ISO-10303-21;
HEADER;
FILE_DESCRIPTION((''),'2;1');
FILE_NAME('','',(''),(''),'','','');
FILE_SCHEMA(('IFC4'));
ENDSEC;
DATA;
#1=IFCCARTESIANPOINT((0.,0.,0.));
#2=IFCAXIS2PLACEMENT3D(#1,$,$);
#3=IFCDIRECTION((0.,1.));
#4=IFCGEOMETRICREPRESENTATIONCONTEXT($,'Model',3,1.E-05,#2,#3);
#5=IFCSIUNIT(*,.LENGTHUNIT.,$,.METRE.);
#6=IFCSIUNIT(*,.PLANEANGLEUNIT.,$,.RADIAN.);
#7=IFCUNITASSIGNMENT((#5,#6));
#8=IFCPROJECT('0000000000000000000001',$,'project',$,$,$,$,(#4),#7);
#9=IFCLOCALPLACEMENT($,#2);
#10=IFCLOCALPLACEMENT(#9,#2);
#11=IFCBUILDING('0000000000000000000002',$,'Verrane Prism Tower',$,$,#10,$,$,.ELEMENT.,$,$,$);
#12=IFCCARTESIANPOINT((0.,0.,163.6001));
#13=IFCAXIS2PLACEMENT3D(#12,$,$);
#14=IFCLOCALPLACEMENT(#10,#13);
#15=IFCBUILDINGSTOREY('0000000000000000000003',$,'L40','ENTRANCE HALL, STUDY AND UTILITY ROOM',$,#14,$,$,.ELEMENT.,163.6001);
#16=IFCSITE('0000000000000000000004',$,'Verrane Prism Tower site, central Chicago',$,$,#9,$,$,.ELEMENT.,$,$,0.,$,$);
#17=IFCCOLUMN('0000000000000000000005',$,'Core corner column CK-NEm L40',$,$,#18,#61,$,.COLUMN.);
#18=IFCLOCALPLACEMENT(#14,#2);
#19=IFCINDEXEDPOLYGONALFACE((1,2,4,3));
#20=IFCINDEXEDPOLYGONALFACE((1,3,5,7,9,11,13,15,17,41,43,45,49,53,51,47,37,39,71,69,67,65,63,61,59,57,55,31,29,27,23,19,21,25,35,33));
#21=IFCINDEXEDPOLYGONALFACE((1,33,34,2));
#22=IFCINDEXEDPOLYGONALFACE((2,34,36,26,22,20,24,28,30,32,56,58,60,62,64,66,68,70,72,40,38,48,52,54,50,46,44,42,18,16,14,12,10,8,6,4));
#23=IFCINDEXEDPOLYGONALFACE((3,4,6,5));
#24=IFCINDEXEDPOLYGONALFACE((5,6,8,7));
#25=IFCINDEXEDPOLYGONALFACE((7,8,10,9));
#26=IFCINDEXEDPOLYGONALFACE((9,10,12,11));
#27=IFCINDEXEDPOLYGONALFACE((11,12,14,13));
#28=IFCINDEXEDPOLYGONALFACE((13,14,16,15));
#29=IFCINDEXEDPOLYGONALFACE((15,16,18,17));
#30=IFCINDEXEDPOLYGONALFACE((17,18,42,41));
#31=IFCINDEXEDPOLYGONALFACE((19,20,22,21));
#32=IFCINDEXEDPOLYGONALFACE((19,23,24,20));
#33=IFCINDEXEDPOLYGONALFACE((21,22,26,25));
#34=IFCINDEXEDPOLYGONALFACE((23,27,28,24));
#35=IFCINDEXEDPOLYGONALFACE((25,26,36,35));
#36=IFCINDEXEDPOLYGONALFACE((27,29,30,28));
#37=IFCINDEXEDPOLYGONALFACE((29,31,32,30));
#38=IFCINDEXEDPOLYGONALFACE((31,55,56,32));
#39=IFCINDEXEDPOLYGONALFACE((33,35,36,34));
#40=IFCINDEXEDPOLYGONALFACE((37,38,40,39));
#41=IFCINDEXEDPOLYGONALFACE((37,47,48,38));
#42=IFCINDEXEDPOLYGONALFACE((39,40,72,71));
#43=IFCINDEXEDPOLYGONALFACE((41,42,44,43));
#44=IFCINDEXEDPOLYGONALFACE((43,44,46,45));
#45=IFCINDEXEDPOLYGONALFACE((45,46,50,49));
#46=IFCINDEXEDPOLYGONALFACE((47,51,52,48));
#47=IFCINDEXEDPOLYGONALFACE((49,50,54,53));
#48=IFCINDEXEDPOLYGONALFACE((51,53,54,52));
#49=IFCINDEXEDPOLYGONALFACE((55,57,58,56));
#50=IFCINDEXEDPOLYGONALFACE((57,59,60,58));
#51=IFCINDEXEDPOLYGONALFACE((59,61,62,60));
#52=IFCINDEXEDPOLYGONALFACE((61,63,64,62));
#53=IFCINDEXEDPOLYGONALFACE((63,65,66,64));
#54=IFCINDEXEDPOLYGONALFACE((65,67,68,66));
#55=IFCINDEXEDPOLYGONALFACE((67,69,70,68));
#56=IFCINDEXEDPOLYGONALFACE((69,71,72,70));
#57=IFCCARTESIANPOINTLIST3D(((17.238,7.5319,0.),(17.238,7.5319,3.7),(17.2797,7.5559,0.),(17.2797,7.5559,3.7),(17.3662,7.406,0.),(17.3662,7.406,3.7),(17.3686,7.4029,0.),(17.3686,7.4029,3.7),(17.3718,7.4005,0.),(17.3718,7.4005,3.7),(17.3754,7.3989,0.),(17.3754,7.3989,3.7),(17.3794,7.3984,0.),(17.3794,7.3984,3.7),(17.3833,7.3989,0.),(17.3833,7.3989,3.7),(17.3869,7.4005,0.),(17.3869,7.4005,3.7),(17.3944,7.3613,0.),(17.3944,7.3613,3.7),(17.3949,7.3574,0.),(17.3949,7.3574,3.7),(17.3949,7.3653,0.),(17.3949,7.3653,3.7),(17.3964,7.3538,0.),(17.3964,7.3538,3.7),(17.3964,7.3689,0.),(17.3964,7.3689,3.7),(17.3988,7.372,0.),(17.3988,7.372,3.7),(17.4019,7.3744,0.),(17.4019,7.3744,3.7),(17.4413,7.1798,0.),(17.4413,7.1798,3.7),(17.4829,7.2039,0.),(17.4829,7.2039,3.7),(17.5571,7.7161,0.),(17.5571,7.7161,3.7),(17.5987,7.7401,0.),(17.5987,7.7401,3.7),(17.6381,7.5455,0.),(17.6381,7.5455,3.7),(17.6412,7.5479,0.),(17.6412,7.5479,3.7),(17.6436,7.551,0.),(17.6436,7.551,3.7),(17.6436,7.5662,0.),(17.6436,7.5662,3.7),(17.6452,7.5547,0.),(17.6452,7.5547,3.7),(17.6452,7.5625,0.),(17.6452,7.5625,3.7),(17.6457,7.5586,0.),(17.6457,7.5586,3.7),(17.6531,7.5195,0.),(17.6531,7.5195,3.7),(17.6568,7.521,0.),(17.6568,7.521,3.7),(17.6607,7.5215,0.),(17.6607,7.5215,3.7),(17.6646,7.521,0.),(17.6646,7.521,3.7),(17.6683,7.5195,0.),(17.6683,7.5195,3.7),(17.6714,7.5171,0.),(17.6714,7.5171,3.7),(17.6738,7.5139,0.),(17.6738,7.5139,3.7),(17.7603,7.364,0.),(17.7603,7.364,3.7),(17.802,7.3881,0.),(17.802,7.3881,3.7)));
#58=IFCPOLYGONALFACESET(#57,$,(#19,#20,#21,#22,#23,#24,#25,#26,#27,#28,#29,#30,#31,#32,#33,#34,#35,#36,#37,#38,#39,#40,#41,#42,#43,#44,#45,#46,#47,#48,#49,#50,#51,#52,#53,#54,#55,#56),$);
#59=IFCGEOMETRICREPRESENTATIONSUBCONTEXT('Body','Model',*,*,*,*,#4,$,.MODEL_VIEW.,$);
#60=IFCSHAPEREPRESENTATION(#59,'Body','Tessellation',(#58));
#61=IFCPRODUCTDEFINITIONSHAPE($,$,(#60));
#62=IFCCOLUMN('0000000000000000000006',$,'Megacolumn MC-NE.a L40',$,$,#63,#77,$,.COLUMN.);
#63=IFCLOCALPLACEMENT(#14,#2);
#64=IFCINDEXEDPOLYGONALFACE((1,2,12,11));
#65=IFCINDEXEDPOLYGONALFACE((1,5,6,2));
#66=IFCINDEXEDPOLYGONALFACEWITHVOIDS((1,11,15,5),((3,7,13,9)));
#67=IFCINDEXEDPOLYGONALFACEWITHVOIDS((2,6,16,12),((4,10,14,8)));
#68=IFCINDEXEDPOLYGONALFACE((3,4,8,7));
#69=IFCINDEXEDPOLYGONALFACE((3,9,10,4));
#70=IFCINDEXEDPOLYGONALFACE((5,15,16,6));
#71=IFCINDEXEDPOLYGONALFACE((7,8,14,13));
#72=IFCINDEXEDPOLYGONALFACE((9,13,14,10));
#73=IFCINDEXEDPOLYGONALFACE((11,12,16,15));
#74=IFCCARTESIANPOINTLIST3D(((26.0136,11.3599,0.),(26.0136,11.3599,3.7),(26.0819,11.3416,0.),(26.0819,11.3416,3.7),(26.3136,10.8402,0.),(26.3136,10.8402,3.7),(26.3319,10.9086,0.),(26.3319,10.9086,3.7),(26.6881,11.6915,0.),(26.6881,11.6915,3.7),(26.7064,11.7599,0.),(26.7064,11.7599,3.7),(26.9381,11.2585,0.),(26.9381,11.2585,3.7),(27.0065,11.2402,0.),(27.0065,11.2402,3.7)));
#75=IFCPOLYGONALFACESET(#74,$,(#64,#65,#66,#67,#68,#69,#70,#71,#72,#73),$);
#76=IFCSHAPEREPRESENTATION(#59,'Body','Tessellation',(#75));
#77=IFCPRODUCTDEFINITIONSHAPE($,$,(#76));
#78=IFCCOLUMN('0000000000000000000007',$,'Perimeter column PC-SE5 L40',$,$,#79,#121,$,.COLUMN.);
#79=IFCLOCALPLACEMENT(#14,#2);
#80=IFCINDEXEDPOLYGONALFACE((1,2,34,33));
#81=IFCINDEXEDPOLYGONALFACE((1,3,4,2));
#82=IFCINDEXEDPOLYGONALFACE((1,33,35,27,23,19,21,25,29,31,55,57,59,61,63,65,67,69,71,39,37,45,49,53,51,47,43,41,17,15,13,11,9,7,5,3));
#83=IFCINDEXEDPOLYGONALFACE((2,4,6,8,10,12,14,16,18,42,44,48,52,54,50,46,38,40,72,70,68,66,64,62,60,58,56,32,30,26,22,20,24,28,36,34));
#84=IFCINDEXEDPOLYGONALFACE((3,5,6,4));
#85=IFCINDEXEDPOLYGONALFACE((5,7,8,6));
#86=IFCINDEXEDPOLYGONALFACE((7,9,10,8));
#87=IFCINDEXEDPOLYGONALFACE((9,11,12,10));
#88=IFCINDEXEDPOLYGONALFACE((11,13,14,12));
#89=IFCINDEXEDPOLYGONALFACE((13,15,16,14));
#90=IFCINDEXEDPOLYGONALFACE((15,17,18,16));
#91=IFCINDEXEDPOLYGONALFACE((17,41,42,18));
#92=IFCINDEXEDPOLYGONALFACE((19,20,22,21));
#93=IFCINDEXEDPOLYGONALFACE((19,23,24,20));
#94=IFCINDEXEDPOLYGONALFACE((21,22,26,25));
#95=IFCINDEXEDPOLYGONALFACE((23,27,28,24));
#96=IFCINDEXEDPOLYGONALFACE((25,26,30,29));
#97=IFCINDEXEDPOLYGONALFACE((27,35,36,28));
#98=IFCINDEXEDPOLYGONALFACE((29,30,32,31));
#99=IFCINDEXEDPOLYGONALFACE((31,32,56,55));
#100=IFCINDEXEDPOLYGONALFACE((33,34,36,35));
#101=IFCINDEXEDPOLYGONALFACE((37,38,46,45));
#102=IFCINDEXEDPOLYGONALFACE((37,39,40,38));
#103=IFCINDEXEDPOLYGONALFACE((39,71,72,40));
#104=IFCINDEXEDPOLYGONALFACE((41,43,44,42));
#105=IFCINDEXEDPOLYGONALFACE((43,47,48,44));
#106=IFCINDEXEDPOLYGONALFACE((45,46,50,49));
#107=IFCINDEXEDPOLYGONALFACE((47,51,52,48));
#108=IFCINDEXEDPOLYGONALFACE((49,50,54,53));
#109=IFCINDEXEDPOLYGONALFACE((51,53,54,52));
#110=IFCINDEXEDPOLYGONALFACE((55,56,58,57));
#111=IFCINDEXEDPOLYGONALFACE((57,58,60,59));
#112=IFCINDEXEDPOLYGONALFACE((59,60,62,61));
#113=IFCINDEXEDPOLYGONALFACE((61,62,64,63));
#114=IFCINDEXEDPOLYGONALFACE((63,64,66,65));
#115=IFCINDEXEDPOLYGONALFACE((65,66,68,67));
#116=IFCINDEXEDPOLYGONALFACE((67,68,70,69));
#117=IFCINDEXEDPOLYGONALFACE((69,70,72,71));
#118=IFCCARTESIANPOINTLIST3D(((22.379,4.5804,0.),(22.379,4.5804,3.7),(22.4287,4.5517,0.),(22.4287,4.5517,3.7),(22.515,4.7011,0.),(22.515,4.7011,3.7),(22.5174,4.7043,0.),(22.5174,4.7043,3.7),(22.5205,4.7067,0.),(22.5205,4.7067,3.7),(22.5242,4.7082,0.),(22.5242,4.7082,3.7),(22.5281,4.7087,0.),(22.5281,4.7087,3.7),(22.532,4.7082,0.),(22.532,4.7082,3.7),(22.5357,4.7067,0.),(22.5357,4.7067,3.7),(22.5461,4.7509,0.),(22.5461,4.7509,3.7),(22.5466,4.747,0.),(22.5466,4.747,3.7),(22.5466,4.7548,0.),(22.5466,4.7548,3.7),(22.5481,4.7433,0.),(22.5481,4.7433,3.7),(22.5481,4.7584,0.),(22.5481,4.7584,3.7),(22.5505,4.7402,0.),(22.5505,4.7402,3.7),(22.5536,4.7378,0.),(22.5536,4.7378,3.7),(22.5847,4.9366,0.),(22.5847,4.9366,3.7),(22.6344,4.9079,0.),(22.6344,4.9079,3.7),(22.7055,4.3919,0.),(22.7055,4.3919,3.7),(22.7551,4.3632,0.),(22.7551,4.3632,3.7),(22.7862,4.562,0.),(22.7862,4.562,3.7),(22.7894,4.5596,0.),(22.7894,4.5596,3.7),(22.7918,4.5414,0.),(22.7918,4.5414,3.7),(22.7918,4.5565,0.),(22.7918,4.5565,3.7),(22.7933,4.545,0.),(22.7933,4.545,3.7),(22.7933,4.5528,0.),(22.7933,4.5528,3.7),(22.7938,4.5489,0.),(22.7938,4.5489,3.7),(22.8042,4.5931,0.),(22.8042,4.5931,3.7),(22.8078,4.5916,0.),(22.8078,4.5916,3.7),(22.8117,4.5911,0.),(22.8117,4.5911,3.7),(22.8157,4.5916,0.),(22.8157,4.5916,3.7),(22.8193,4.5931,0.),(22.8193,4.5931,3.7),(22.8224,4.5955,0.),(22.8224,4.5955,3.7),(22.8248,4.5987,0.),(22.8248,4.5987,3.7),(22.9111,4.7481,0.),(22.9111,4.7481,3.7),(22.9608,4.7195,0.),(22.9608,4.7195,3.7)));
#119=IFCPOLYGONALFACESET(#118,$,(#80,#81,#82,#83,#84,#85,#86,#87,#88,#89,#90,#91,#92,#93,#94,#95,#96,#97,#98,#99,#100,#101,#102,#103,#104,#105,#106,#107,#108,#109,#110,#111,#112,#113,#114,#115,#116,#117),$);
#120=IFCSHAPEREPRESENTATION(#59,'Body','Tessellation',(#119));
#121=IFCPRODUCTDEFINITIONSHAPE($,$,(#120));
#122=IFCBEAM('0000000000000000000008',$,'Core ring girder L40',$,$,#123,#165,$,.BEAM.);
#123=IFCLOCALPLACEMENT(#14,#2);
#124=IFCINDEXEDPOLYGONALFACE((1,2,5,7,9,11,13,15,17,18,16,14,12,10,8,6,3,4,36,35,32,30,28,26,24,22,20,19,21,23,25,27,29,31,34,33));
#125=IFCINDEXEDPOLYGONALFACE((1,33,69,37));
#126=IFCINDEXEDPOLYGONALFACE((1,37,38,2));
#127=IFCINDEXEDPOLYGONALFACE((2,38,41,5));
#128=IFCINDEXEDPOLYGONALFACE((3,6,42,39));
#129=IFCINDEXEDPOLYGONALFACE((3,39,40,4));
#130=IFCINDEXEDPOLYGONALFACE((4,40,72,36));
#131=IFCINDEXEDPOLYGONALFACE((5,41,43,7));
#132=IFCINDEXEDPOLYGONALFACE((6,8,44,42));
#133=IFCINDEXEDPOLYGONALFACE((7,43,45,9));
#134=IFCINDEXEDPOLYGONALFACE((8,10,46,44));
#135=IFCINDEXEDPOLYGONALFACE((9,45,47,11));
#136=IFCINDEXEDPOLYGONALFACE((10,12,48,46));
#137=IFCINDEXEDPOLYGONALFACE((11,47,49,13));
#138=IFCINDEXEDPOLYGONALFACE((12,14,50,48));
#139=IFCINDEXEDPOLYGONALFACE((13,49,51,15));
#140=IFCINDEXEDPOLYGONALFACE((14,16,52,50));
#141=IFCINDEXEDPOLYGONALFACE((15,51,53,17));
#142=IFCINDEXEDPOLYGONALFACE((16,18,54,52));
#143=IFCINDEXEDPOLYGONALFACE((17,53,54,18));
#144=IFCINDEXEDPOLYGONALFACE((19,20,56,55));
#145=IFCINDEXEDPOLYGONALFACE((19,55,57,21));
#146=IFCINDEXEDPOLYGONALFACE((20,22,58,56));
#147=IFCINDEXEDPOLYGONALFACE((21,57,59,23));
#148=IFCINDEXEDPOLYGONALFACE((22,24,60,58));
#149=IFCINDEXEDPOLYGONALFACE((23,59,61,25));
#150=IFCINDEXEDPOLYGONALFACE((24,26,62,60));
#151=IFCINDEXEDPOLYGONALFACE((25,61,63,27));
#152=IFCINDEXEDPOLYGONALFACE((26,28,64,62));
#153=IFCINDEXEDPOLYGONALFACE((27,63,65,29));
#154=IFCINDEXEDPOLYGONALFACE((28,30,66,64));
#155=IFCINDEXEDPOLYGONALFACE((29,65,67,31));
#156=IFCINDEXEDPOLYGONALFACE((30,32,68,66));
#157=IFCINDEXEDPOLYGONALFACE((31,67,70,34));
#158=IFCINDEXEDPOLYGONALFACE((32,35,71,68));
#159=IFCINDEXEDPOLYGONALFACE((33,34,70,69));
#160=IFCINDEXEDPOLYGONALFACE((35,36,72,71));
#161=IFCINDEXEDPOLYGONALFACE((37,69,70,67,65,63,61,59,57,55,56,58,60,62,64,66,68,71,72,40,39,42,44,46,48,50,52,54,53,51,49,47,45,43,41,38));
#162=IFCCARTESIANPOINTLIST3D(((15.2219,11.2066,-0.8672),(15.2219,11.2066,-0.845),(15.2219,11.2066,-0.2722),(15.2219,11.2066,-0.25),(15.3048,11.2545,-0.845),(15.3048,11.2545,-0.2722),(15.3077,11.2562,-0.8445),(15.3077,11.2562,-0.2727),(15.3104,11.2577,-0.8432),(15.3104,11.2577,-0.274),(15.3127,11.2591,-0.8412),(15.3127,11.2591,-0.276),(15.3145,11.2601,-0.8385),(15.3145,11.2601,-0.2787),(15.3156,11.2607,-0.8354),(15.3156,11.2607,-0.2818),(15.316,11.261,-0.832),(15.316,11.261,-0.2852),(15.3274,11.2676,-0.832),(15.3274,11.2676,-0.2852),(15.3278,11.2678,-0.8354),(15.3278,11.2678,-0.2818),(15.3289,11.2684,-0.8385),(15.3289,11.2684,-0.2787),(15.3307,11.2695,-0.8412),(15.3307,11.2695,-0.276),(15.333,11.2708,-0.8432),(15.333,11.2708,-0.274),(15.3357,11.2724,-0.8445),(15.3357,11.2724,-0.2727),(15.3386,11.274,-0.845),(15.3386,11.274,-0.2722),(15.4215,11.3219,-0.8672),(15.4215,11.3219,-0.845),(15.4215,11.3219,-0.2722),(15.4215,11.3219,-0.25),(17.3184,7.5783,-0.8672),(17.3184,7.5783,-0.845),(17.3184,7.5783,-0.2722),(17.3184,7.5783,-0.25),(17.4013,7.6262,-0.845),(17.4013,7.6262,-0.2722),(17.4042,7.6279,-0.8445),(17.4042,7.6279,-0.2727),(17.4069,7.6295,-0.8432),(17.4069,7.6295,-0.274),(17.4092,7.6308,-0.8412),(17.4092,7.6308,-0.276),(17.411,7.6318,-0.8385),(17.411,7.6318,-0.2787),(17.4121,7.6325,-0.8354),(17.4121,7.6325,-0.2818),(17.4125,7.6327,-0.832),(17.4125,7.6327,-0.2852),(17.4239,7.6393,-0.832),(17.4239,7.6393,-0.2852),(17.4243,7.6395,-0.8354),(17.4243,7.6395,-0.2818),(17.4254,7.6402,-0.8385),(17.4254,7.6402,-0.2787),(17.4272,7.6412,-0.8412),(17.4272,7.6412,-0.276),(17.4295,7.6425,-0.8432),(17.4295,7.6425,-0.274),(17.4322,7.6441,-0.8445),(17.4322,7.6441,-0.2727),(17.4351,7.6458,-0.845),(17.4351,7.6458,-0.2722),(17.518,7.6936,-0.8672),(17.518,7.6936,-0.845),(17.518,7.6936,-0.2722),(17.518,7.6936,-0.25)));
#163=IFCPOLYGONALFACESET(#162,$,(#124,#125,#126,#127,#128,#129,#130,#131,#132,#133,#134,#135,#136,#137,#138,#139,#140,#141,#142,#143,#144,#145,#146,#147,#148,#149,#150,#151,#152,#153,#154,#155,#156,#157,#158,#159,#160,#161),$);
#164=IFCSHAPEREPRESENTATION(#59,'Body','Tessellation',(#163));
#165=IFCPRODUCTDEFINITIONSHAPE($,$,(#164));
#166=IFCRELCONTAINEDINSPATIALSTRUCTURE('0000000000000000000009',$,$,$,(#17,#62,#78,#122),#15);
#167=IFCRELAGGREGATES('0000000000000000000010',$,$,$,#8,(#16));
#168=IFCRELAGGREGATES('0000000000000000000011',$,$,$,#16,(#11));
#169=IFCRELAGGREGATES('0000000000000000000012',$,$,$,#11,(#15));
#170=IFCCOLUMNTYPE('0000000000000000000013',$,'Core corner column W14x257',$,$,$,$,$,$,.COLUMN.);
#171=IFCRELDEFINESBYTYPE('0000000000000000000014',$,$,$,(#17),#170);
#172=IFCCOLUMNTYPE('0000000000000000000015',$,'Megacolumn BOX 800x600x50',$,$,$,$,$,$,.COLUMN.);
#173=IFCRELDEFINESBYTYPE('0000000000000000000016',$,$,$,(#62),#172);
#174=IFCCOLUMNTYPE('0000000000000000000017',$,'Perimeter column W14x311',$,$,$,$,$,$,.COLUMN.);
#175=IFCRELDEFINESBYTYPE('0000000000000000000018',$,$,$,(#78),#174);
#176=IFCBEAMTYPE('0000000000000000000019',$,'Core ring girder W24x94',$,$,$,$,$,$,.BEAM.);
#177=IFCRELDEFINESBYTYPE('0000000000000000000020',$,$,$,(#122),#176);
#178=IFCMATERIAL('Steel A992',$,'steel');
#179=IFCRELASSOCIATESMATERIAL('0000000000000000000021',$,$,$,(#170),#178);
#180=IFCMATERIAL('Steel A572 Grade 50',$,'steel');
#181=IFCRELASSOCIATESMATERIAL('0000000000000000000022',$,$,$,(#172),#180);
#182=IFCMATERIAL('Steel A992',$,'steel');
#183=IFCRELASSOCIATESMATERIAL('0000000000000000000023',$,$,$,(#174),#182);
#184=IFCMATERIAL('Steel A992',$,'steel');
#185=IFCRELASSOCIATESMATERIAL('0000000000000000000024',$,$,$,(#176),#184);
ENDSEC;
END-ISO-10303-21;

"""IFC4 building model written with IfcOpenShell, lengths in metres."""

from ifc_helpers import new_model, si_unit, direction, frame, origin, origin_2d, place, context, subcontext, project, spatial, hollow_rectangle, i_section, extrude, material, material_profile, profile_set, type_object, element, save


model = new_model("IFC4")

# Units and contexts
model_context = context("Model", 3, precision=1e-05, world=origin(), true_north=direction((0.0, 1.0)))
body_context = subcontext(model_context, "Body", "Model", "MODEL_VIEW")
ifc_project = project(units=[si_unit("LENGTHUNIT", "METRE"), si_unit("PLANEANGLEUNIT", "RADIAN")], contexts=[model_context])

# Site, building, storey
site_placement = place(None, origin())
site = spatial("IfcSite", under=ifc_project, at=site_placement, Name="Verrane Prism Tower site, central Chicago", CompositionType="ELEMENT", RefElevation=0.0)
building_placement = place(site_placement, origin())
building = spatial("IfcBuilding", under=site, at=building_placement, Name="Verrane Prism Tower", CompositionType="ELEMENT")
storey_placement = place(building_placement, frame((0.0, 0.0, 163.6001)))
storey = spatial("IfcBuildingStorey", under=building, at=storey_placement, Name="L40", Description="ENTRANCE HALL, STUDY AND UTILITY ROOM", CompositionType="ELEMENT", Elevation=163.6001)

# Columns
ifc_material_1 = material(Name="Steel A992", Category="steel")
ifc_material_profile_1 = material_profile(ifc_material_1, i_section(OverallWidth=0.4065, OverallDepth=0.4165, WebThickness=0.03, FlangeThickness=0.0481, FilletRadius=0.0151, at=origin_2d()), Name="W14x257")
ifc_profile_set_1 = profile_set([ifc_material_profile_1], Name="Steel A992")
column_type_1 = type_object("IfcColumnType", Name="Core corner column W14x257", PredefinedType="COLUMN", material=ifc_profile_set_1)
column_1_placement = place(storey_placement, frame((17.52, 7.46, 0.0), z_axis=(0.0, 0.0, 1.0), x_axis=(0.5, -0.866025, 0.0)))
element("IfcColumn", 1, at=column_1_placement, inside=storey, type_object=column_type_1, Name="Core corner column CK-NEm L40", PredefinedType="COLUMN", context=body_context, shape_type="SweptSolid", body=[
    extrude(i_section(OverallWidth=0.4065, OverallDepth=0.4165, WebThickness=0.03, FlangeThickness=0.0481, FilletRadius=0.0151, at=origin_2d()), origin(), (0.0, 0.0, 1.0), 3.7),
])
ifc_material_2 = material(Name="Steel A572 Grade 50", Category="steel")
ifc_material_profile_2 = material_profile(ifc_material_2, hollow_rectangle(XDim=0.6001, YDim=0.8, WallThickness=0.05, at=origin_2d()), Name="BOX 800x600x50")
ifc_profile_set_2 = profile_set([ifc_material_profile_2], Name="Steel A572 Grade 50")
column_type_2 = type_object("IfcColumnType", Name="Megacolumn BOX 800x600x50", PredefinedType="COLUMN", material=ifc_profile_set_2)
column_2_placement = place(storey_placement, frame((26.51, 11.3, 0.0), z_axis=(0.0, 0.0, 1.0), x_axis=(0.5, -0.866025, 0.0)))
element("IfcColumn", 2, at=column_2_placement, inside=storey, type_object=column_type_2, Name="Megacolumn MC-NE.a L40", PredefinedType="COLUMN", context=body_context, shape_type="SweptSolid", body=[
    extrude(hollow_rectangle(XDim=0.6001, YDim=0.8, WallThickness=0.05, at=origin_2d()), origin(), (0.0, 0.0, 1.0), 3.7),
])
ifc_material_3 = material(Name="Steel A992", Category="steel")
ifc_material_profile_3 = material_profile(ifc_material_3, i_section(OverallWidth=0.4114, OverallDepth=0.4343, WebThickness=0.0359, FlangeThickness=0.0574, FilletRadius=0.0151, at=origin_2d()), Name="W14x311")
ifc_profile_set_3 = profile_set([ifc_material_profile_3], Name="Steel A992")
column_type_3 = type_object("IfcColumnType", Name="Perimeter column W14x311", PredefinedType="COLUMN", material=ifc_profile_set_3)
column_3_placement = place(storey_placement, frame((22.6699, 4.6499, 0.0), z_axis=(0.0, 0.0, 1.0), x_axis=(-0.5, -0.866025, 0.0)))
element("IfcColumn", 3, at=column_3_placement, inside=storey, type_object=column_type_3, Name="Perimeter column PC-SE5 L40", PredefinedType="COLUMN", context=body_context, shape_type="SweptSolid", body=[
    extrude(i_section(OverallWidth=0.4114, OverallDepth=0.4343, WebThickness=0.0359, FlangeThickness=0.0574, FilletRadius=0.0151, at=origin_2d()), origin(), (0.0, 0.0, 1.0), 3.7),
])

# Beam
ifc_material_4 = material(Name="Steel A992", Category="steel")
ifc_material_profile_4 = material_profile(ifc_material_4, i_section(OverallWidth=0.2305, OverallDepth=0.6172, WebThickness=0.0132, FlangeThickness=0.0222, FilletRadius=0.0129, at=origin_2d()), Name="W24x94")
ifc_profile_set_4 = profile_set([ifc_material_profile_4], Name="Steel A992")
beam_type_1 = type_object("IfcBeamType", Name="Core ring girder W24x94", PredefinedType="BEAM", material=ifc_profile_set_4)
beam_1_placement = place(storey_placement, frame((17.4182, 7.636, -0.5586), z_axis=(-0.500306, 0.865849, 0.0), x_axis=(-0.865849, -0.500306, 0.0)))
element("IfcBeam", 4, at=beam_1_placement, inside=storey, type_object=beam_type_1, Name="Core ring girder L40", PredefinedType="BEAM", context=body_context, shape_type="SweptSolid", body=[
    extrude(i_section(OverallWidth=0.2305, OverallDepth=0.6172, WebThickness=0.0132, FlangeThickness=0.0222, FilletRadius=0.0129, at=origin_2d()), origin(), (0.0, 0.0, 1.0), 4.1904),
])

save(model, "model.ifc")
